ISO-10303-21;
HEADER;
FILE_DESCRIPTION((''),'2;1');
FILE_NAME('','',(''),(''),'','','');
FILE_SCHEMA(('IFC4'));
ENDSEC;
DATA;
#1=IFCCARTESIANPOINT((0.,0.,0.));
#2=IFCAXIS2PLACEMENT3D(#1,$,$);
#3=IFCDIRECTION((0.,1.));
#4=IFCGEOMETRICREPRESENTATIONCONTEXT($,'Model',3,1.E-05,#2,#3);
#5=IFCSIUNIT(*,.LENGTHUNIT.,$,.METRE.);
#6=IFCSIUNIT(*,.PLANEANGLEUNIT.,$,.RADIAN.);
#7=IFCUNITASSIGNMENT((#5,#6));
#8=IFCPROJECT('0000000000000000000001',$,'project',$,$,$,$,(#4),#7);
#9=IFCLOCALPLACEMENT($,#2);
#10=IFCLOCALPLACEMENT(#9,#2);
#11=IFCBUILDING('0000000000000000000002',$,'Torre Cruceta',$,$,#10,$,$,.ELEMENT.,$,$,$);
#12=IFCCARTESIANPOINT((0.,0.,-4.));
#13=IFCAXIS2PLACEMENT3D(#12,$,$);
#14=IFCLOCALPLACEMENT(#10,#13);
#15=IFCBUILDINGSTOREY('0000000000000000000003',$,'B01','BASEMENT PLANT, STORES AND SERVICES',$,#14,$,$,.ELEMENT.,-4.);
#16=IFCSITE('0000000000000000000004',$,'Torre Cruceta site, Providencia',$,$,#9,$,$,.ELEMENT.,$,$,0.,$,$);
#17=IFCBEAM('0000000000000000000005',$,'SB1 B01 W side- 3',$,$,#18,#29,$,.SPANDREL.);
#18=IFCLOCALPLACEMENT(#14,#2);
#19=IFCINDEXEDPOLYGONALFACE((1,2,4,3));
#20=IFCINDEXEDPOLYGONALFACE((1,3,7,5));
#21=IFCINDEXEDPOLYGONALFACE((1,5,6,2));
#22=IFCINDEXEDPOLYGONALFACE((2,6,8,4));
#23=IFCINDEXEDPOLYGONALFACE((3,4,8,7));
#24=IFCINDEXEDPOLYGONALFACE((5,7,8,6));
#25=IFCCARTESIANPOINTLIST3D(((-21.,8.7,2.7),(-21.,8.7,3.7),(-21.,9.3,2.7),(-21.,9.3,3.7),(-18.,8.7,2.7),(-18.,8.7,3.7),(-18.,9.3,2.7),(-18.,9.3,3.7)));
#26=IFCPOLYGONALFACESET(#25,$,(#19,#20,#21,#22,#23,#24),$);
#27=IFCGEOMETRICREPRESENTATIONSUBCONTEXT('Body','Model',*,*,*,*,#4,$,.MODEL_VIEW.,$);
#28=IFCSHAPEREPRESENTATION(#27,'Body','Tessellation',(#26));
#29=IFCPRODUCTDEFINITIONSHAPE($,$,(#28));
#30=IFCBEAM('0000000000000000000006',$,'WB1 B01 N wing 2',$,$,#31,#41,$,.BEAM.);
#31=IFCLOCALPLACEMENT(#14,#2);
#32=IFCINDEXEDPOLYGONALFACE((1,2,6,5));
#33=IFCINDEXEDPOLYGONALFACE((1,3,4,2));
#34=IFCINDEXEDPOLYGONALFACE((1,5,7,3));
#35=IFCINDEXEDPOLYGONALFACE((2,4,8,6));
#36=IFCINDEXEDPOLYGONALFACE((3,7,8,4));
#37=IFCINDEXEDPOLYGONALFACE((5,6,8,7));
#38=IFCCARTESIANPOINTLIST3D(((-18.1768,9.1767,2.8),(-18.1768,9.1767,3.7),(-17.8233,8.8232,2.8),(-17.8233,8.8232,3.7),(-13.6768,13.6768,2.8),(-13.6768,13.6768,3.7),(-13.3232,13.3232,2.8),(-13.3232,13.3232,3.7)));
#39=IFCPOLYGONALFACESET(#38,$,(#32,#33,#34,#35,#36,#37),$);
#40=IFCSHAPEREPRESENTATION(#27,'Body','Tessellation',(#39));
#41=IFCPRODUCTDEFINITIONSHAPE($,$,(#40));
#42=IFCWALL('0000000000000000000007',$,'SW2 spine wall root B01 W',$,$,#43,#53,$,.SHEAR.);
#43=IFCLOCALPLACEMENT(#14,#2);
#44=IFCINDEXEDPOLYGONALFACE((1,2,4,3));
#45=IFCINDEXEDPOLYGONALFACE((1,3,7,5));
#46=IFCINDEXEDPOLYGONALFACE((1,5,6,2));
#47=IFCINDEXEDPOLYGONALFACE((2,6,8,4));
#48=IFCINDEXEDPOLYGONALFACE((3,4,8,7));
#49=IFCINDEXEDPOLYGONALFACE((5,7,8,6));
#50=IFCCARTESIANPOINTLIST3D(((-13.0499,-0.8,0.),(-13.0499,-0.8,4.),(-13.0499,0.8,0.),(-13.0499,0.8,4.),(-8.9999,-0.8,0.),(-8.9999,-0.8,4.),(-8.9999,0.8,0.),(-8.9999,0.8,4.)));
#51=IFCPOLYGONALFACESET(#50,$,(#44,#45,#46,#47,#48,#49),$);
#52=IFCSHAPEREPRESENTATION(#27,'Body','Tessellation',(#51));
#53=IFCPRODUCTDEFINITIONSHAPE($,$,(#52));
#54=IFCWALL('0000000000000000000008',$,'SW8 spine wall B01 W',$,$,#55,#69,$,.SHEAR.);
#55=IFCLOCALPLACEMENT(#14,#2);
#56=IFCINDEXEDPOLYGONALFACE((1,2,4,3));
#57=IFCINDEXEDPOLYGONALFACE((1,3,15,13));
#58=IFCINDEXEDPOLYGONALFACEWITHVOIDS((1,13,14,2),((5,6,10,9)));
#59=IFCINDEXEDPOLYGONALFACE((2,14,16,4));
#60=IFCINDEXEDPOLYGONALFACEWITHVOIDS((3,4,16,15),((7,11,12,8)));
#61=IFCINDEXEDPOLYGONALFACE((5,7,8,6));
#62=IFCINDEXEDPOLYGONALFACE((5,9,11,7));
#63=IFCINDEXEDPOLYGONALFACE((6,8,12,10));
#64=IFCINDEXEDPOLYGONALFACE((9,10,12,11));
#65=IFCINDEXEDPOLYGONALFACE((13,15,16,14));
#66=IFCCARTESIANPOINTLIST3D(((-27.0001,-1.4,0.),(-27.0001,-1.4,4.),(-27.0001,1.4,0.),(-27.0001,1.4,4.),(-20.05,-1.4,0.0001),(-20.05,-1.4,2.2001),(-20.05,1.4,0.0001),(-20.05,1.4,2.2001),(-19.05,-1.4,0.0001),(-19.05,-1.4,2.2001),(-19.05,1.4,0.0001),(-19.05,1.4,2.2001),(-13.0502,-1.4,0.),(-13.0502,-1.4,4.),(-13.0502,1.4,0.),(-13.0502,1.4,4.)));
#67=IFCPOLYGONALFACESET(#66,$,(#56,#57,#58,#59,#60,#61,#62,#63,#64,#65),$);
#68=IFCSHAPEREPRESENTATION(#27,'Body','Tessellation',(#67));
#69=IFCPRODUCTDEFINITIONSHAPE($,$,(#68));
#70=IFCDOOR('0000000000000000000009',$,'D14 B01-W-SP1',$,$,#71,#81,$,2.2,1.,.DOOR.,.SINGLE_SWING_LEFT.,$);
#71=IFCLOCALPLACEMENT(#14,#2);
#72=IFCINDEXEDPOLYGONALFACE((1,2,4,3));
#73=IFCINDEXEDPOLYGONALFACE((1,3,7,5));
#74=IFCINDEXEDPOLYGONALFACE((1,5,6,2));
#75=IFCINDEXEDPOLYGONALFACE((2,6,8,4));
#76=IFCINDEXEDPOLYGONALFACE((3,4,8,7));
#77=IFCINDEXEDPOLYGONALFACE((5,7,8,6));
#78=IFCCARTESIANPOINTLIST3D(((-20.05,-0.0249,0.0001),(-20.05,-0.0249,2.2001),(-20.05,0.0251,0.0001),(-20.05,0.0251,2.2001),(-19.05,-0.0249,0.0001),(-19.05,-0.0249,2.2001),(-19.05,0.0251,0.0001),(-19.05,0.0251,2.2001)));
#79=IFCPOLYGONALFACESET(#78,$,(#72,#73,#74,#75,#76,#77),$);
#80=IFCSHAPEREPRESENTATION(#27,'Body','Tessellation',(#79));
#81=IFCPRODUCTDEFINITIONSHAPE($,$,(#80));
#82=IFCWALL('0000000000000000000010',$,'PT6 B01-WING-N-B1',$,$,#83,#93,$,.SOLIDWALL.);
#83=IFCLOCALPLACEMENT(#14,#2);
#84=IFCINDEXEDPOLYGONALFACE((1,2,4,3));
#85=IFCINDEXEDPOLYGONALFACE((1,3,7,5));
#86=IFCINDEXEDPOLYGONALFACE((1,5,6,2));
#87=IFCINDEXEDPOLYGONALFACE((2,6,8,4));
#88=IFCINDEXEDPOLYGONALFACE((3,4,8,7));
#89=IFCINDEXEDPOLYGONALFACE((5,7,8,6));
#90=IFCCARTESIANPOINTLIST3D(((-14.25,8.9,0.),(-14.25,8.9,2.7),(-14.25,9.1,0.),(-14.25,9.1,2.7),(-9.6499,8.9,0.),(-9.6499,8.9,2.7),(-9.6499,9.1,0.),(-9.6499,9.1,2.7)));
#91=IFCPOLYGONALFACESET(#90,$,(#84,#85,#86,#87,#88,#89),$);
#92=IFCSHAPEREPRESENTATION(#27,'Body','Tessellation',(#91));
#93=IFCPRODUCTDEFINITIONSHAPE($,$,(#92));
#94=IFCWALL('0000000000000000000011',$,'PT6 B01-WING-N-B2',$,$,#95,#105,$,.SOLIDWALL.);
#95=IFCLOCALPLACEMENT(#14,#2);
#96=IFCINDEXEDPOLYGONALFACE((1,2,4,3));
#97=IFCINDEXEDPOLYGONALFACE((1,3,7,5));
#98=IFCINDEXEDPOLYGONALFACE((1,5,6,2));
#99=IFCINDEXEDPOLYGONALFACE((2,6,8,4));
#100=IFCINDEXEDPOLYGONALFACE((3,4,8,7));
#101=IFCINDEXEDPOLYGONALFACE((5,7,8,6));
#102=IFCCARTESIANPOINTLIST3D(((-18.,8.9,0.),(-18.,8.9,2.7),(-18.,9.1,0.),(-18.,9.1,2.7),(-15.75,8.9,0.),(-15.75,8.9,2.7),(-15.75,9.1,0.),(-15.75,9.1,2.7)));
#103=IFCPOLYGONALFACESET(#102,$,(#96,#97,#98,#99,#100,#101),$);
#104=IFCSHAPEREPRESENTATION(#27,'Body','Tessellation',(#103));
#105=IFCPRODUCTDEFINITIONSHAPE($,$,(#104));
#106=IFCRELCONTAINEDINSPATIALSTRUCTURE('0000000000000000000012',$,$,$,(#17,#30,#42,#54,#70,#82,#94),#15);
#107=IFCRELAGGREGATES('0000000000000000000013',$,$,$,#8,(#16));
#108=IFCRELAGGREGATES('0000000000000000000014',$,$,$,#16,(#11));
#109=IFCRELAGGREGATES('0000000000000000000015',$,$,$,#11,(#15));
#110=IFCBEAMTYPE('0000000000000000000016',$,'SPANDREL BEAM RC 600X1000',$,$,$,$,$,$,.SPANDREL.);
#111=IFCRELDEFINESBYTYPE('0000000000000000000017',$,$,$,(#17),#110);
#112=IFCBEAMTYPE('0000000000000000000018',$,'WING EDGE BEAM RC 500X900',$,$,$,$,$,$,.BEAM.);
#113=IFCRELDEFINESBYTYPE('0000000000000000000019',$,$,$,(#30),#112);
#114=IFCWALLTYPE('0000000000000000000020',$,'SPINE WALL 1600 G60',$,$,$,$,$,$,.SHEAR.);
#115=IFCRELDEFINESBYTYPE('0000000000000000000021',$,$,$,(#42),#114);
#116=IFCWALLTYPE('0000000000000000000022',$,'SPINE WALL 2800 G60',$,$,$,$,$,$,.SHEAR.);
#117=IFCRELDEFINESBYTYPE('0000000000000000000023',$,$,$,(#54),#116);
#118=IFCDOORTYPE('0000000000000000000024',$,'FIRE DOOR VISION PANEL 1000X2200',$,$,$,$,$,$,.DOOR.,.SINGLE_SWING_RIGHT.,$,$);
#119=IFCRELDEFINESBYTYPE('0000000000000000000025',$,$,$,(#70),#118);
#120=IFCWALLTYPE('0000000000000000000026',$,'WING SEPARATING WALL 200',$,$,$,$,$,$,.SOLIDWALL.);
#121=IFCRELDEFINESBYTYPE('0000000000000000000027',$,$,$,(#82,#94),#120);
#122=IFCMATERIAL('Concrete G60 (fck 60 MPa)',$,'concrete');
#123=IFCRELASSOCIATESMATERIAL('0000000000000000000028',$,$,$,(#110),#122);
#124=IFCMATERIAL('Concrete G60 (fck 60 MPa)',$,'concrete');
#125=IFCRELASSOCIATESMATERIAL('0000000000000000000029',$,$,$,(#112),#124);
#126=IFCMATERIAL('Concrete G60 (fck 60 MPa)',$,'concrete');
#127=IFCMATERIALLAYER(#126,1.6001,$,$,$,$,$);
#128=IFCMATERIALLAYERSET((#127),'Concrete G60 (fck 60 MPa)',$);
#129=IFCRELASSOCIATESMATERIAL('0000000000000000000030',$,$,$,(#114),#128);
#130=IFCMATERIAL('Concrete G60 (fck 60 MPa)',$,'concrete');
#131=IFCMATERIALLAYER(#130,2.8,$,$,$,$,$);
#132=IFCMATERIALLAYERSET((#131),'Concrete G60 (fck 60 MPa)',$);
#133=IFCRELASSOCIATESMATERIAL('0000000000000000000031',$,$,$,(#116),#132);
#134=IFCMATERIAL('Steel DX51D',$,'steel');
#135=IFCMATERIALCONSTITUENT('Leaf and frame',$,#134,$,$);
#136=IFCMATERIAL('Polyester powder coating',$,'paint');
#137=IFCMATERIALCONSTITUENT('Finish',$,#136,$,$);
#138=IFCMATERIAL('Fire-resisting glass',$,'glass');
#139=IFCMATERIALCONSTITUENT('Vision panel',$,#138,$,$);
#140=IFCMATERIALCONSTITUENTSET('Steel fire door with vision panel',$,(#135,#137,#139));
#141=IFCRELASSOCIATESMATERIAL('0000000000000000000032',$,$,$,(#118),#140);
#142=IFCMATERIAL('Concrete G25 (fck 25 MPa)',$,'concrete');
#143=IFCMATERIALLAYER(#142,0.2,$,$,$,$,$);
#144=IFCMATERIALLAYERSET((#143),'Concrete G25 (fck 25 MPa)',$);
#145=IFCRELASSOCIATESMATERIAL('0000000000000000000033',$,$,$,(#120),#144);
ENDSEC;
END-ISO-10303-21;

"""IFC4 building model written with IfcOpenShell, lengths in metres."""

from ifc_helpers import new_model, si_unit, direction, frame, frame_2d, origin, origin_2d, place, context, subcontext, project, spatial, rectangle, extrude, material, layer, layer_set, constituent, constituent_set, material_profile, profile_set, type_object, element, fill, save


model = new_model("IFC4")

# Units and contexts
model_context = context("Model", 3, precision=1e-05, world=origin(), true_north=direction((0.0, 1.0)))
body_context = subcontext(model_context, "Body", "Model", "MODEL_VIEW")
ifc_project = project(units=[si_unit("LENGTHUNIT", "METRE"), si_unit("PLANEANGLEUNIT", "RADIAN")], contexts=[model_context])

# Site, building, storey
site_placement = place(None, origin())
site = spatial("IfcSite", under=ifc_project, at=site_placement, Name="Torre Cruceta site, Providencia", CompositionType="ELEMENT", RefElevation=0.0)
building_placement = place(site_placement, origin())
building = spatial("IfcBuilding", under=site, at=building_placement, Name="Torre Cruceta", CompositionType="ELEMENT")
storey_placement = place(building_placement, frame((0.0, 0.0, -4.0)))
storey = spatial("IfcBuildingStorey", under=building, at=storey_placement, Name="B01", Description="BASEMENT PLANT, STORES AND SERVICES", CompositionType="ELEMENT", Elevation=-4.0)

# Beams
ifc_material_1 = material(Name="Concrete G60 (fck 60 MPa)", Category="concrete")
ifc_material_profile_1 = material_profile(ifc_material_1, rectangle(XDim=0.6001, YDim=1.0, at=origin_2d()), Name="RC 600X1000")
ifc_profile_set_1 = profile_set([ifc_material_profile_1], Name="Concrete G60 (fck 60 MPa)")
beam_type_1 = type_object("IfcBeamType", Name="SPANDREL BEAM RC 600X1000", PredefinedType="SPANDREL", material=ifc_profile_set_1)
for number, where, z_axis, x_axis, name in (
    (1, (-18.0, 9.0, 3.2), (-1.0, 0.0, 0.0), (0.0, -1.0, 0.0), "SB1 B01 W side- 3"),
):
    element("IfcBeam", number, at=place(storey_placement, frame(where, z_axis=z_axis, x_axis=x_axis)), inside=storey, type_object=beam_type_1, Name=name, PredefinedType="SPANDREL", context=body_context, shape_type="SweptSolid", body=[
        extrude(rectangle(XDim=0.6001, YDim=1.0, at=origin_2d()), origin(), (0.0, 0.0, 1.0), 3.0),
    ])
ifc_material_2 = material(Name="Concrete G60 (fck 60 MPa)", Category="concrete")
ifc_material_profile_2 = material_profile(ifc_material_2, rectangle(XDim=0.5, YDim=0.8999, at=origin_2d()), Name="RC 500X900")
ifc_profile_set_2 = profile_set([ifc_material_profile_2], Name="Concrete G60 (fck 60 MPa)")
beam_type_2 = type_object("IfcBeamType", Name="WING EDGE BEAM RC 500X900", PredefinedType="BEAM", material=ifc_profile_set_2)
beam_1_placement = place(storey_placement, frame((-13.5, 13.5, 3.25), z_axis=(-0.707107, -0.707107, 0.0), x_axis=(0.707107, -0.707107, 0.0)))
element("IfcBeam", 2, at=beam_1_placement, inside=storey, type_object=beam_type_2, Name="WB1 B01 N wing 2", PredefinedType="BEAM", context=body_context, shape_type="SweptSolid", body=[
    extrude(rectangle(XDim=0.5, YDim=0.8999, at=origin_2d()), origin(), (0.0, 0.0, 1.0), 6.364),
])

# Wall
ifc_material_3 = material(Name="Concrete G60 (fck 60 MPa)", Category="concrete")
ifc_layer_1 = layer(ifc_material_3, 1.6001)
ifc_layer_set_1 = layer_set([ifc_layer_1], Name="Concrete G60 (fck 60 MPa)")
wall_type_1 = type_object("IfcWallType", Name="SPINE WALL 1600 G60", PredefinedType="SHEAR", material=ifc_layer_set_1)
wall_1_placement = place(storey_placement, frame((-9.0, 0.0, 0.0), z_axis=(0.0, 0.0, 1.0), x_axis=(-1.0, 0.0, 0.0)))
element("IfcWall", 3, at=wall_1_placement, inside=storey, type_object=wall_type_1, Name="SW2 spine wall root B01 W", PredefinedType="SHEAR", context=body_context, shape_type="SweptSolid", body=[
    extrude(rectangle(XDim=4.05, YDim=1.6001, at=frame_2d((2.0249, 0.0))), origin(), (0.0, 0.0, 1.0), 4.0),
])

# Wall, opening, door
ifc_material_4 = material(Name="Concrete G60 (fck 60 MPa)", Category="concrete")
ifc_layer_2 = layer(ifc_material_4, 2.8)
ifc_layer_set_2 = layer_set([ifc_layer_2], Name="Concrete G60 (fck 60 MPa)")
wall_type_2 = type_object("IfcWallType", Name="SPINE WALL 2800 G60", PredefinedType="SHEAR", material=ifc_layer_set_2)
wall_2_placement = place(storey_placement, frame((-13.05, 0.0, 0.0), z_axis=(0.0, 0.0, 1.0), x_axis=(-1.0, 0.0, 0.0)))
wall_2 = element("IfcWall", 4, at=wall_2_placement, inside=storey, type_object=wall_type_2, Name="SW8 spine wall B01 W", PredefinedType="SHEAR", context=body_context, shape_type="SweptSolid", body=[
    extrude(rectangle(XDim=13.95, YDim=2.8, at=frame_2d((6.9751, 0.0))), origin(), (0.0, 0.0, 1.0), 4.0),
])
opening_1_placement = place(wall_2_placement, frame((6.0, 0.0, 0.0)))
opening_1 = element("IfcOpeningElement", 5, at=opening_1_placement, cuts=wall_2, PredefinedType="OPENING", context=body_context, shape_type="SweptSolid", body=[
    extrude(rectangle(XDim=1.0, YDim=2.2, at=frame_2d((0.5, 1.1001))), frame((0.0, 1.4099, 0.0), z_axis=(0.0, -1.0, 0.0), x_axis=(1.0, 0.0, 0.0)), (0.0, 0.0, 1.0), 2.8201),
])
ifc_material_5 = material(Name="Steel DX51D", Category="steel")
ifc_constituent_1 = constituent(ifc_material_5, Name="Leaf and frame")
ifc_material_6 = material(Name="Polyester powder coating", Category="paint")
ifc_constituent_2 = constituent(ifc_material_6, Name="Finish")
ifc_material_7 = material(Name="Fire-resisting glass", Category="glass")
ifc_constituent_3 = constituent(ifc_material_7, Name="Vision panel")
ifc_constituent_set_1 = constituent_set(constituents=[ifc_constituent_1, ifc_constituent_2, ifc_constituent_3], Name="Steel fire door with vision panel")
door_type_1 = type_object("IfcDoorType", Name="FIRE DOOR VISION PANEL 1000X2200", OperationType="SINGLE_SWING_RIGHT", PredefinedType="DOOR", material=ifc_constituent_set_1)
door_1_placement = place(opening_1_placement, frame((1.0, 0.0, 0.0), z_axis=(0.0, 0.0, 1.0), x_axis=(-1.0, 0.0, 0.0)))
door_1 = element("IfcDoor", 6, at=door_1_placement, inside=storey, type_object=door_type_1, Name="D14 B01-W-SP1", OperationType="SINGLE_SWING_LEFT", OverallHeight=2.2, OverallWidth=1.0, PredefinedType="DOOR", context=body_context, shape_type="SweptSolid", body=[
    extrude(rectangle(XDim=1.0, YDim=2.2, at=frame_2d((0.5, 1.1001))), frame((0.0, 0.0251, 0.0), z_axis=(0.0, -1.0, 0.0), x_axis=(1.0, 0.0, 0.0)), (0.0, 0.0, 1.0), 0.05),
])
fill(opening_1, door_1)

# Walls
ifc_material_8 = material(Name="Concrete G25 (fck 25 MPa)", Category="concrete")
ifc_layer_3 = layer(ifc_material_8, 0.2)
ifc_layer_set_3 = layer_set([ifc_layer_3], Name="Concrete G25 (fck 25 MPa)")
wall_type_3 = type_object("IfcWallType", Name="WING SEPARATING WALL 200", PredefinedType="SOLIDWALL", material=ifc_layer_set_3)
wall_3_placement = place(storey_placement, frame((-14.25, 9.0, 0.0), z_axis=(0.0, 0.0, 1.0), x_axis=(1.0, 0.0, 0.0)))
element("IfcWall", 7, at=wall_3_placement, inside=storey, type_object=wall_type_3, Name="PT6 B01-WING-N-B1", PredefinedType="SOLIDWALL", context=body_context, shape_type="SweptSolid", body=[
    extrude(rectangle(XDim=4.6001, YDim=0.2, at=frame_2d((2.3, 0.0))), origin(), (0.0, 0.0, 1.0), 2.7),
])
wall_4_placement = place(storey_placement, frame((-18.0, 9.0, 0.0), z_axis=(0.0, 0.0, 1.0), x_axis=(1.0, 0.0, 0.0)))
element("IfcWall", 8, at=wall_4_placement, inside=storey, type_object=wall_type_3, Name="PT6 B01-WING-N-B2", PredefinedType="SOLIDWALL", context=body_context, shape_type="SweptSolid", body=[
    extrude(rectangle(XDim=2.25, YDim=0.2, at=frame_2d((1.125, 0.0))), origin(), (0.0, 0.0, 1.0), 2.7),
])

save(model, "model.ifc")
